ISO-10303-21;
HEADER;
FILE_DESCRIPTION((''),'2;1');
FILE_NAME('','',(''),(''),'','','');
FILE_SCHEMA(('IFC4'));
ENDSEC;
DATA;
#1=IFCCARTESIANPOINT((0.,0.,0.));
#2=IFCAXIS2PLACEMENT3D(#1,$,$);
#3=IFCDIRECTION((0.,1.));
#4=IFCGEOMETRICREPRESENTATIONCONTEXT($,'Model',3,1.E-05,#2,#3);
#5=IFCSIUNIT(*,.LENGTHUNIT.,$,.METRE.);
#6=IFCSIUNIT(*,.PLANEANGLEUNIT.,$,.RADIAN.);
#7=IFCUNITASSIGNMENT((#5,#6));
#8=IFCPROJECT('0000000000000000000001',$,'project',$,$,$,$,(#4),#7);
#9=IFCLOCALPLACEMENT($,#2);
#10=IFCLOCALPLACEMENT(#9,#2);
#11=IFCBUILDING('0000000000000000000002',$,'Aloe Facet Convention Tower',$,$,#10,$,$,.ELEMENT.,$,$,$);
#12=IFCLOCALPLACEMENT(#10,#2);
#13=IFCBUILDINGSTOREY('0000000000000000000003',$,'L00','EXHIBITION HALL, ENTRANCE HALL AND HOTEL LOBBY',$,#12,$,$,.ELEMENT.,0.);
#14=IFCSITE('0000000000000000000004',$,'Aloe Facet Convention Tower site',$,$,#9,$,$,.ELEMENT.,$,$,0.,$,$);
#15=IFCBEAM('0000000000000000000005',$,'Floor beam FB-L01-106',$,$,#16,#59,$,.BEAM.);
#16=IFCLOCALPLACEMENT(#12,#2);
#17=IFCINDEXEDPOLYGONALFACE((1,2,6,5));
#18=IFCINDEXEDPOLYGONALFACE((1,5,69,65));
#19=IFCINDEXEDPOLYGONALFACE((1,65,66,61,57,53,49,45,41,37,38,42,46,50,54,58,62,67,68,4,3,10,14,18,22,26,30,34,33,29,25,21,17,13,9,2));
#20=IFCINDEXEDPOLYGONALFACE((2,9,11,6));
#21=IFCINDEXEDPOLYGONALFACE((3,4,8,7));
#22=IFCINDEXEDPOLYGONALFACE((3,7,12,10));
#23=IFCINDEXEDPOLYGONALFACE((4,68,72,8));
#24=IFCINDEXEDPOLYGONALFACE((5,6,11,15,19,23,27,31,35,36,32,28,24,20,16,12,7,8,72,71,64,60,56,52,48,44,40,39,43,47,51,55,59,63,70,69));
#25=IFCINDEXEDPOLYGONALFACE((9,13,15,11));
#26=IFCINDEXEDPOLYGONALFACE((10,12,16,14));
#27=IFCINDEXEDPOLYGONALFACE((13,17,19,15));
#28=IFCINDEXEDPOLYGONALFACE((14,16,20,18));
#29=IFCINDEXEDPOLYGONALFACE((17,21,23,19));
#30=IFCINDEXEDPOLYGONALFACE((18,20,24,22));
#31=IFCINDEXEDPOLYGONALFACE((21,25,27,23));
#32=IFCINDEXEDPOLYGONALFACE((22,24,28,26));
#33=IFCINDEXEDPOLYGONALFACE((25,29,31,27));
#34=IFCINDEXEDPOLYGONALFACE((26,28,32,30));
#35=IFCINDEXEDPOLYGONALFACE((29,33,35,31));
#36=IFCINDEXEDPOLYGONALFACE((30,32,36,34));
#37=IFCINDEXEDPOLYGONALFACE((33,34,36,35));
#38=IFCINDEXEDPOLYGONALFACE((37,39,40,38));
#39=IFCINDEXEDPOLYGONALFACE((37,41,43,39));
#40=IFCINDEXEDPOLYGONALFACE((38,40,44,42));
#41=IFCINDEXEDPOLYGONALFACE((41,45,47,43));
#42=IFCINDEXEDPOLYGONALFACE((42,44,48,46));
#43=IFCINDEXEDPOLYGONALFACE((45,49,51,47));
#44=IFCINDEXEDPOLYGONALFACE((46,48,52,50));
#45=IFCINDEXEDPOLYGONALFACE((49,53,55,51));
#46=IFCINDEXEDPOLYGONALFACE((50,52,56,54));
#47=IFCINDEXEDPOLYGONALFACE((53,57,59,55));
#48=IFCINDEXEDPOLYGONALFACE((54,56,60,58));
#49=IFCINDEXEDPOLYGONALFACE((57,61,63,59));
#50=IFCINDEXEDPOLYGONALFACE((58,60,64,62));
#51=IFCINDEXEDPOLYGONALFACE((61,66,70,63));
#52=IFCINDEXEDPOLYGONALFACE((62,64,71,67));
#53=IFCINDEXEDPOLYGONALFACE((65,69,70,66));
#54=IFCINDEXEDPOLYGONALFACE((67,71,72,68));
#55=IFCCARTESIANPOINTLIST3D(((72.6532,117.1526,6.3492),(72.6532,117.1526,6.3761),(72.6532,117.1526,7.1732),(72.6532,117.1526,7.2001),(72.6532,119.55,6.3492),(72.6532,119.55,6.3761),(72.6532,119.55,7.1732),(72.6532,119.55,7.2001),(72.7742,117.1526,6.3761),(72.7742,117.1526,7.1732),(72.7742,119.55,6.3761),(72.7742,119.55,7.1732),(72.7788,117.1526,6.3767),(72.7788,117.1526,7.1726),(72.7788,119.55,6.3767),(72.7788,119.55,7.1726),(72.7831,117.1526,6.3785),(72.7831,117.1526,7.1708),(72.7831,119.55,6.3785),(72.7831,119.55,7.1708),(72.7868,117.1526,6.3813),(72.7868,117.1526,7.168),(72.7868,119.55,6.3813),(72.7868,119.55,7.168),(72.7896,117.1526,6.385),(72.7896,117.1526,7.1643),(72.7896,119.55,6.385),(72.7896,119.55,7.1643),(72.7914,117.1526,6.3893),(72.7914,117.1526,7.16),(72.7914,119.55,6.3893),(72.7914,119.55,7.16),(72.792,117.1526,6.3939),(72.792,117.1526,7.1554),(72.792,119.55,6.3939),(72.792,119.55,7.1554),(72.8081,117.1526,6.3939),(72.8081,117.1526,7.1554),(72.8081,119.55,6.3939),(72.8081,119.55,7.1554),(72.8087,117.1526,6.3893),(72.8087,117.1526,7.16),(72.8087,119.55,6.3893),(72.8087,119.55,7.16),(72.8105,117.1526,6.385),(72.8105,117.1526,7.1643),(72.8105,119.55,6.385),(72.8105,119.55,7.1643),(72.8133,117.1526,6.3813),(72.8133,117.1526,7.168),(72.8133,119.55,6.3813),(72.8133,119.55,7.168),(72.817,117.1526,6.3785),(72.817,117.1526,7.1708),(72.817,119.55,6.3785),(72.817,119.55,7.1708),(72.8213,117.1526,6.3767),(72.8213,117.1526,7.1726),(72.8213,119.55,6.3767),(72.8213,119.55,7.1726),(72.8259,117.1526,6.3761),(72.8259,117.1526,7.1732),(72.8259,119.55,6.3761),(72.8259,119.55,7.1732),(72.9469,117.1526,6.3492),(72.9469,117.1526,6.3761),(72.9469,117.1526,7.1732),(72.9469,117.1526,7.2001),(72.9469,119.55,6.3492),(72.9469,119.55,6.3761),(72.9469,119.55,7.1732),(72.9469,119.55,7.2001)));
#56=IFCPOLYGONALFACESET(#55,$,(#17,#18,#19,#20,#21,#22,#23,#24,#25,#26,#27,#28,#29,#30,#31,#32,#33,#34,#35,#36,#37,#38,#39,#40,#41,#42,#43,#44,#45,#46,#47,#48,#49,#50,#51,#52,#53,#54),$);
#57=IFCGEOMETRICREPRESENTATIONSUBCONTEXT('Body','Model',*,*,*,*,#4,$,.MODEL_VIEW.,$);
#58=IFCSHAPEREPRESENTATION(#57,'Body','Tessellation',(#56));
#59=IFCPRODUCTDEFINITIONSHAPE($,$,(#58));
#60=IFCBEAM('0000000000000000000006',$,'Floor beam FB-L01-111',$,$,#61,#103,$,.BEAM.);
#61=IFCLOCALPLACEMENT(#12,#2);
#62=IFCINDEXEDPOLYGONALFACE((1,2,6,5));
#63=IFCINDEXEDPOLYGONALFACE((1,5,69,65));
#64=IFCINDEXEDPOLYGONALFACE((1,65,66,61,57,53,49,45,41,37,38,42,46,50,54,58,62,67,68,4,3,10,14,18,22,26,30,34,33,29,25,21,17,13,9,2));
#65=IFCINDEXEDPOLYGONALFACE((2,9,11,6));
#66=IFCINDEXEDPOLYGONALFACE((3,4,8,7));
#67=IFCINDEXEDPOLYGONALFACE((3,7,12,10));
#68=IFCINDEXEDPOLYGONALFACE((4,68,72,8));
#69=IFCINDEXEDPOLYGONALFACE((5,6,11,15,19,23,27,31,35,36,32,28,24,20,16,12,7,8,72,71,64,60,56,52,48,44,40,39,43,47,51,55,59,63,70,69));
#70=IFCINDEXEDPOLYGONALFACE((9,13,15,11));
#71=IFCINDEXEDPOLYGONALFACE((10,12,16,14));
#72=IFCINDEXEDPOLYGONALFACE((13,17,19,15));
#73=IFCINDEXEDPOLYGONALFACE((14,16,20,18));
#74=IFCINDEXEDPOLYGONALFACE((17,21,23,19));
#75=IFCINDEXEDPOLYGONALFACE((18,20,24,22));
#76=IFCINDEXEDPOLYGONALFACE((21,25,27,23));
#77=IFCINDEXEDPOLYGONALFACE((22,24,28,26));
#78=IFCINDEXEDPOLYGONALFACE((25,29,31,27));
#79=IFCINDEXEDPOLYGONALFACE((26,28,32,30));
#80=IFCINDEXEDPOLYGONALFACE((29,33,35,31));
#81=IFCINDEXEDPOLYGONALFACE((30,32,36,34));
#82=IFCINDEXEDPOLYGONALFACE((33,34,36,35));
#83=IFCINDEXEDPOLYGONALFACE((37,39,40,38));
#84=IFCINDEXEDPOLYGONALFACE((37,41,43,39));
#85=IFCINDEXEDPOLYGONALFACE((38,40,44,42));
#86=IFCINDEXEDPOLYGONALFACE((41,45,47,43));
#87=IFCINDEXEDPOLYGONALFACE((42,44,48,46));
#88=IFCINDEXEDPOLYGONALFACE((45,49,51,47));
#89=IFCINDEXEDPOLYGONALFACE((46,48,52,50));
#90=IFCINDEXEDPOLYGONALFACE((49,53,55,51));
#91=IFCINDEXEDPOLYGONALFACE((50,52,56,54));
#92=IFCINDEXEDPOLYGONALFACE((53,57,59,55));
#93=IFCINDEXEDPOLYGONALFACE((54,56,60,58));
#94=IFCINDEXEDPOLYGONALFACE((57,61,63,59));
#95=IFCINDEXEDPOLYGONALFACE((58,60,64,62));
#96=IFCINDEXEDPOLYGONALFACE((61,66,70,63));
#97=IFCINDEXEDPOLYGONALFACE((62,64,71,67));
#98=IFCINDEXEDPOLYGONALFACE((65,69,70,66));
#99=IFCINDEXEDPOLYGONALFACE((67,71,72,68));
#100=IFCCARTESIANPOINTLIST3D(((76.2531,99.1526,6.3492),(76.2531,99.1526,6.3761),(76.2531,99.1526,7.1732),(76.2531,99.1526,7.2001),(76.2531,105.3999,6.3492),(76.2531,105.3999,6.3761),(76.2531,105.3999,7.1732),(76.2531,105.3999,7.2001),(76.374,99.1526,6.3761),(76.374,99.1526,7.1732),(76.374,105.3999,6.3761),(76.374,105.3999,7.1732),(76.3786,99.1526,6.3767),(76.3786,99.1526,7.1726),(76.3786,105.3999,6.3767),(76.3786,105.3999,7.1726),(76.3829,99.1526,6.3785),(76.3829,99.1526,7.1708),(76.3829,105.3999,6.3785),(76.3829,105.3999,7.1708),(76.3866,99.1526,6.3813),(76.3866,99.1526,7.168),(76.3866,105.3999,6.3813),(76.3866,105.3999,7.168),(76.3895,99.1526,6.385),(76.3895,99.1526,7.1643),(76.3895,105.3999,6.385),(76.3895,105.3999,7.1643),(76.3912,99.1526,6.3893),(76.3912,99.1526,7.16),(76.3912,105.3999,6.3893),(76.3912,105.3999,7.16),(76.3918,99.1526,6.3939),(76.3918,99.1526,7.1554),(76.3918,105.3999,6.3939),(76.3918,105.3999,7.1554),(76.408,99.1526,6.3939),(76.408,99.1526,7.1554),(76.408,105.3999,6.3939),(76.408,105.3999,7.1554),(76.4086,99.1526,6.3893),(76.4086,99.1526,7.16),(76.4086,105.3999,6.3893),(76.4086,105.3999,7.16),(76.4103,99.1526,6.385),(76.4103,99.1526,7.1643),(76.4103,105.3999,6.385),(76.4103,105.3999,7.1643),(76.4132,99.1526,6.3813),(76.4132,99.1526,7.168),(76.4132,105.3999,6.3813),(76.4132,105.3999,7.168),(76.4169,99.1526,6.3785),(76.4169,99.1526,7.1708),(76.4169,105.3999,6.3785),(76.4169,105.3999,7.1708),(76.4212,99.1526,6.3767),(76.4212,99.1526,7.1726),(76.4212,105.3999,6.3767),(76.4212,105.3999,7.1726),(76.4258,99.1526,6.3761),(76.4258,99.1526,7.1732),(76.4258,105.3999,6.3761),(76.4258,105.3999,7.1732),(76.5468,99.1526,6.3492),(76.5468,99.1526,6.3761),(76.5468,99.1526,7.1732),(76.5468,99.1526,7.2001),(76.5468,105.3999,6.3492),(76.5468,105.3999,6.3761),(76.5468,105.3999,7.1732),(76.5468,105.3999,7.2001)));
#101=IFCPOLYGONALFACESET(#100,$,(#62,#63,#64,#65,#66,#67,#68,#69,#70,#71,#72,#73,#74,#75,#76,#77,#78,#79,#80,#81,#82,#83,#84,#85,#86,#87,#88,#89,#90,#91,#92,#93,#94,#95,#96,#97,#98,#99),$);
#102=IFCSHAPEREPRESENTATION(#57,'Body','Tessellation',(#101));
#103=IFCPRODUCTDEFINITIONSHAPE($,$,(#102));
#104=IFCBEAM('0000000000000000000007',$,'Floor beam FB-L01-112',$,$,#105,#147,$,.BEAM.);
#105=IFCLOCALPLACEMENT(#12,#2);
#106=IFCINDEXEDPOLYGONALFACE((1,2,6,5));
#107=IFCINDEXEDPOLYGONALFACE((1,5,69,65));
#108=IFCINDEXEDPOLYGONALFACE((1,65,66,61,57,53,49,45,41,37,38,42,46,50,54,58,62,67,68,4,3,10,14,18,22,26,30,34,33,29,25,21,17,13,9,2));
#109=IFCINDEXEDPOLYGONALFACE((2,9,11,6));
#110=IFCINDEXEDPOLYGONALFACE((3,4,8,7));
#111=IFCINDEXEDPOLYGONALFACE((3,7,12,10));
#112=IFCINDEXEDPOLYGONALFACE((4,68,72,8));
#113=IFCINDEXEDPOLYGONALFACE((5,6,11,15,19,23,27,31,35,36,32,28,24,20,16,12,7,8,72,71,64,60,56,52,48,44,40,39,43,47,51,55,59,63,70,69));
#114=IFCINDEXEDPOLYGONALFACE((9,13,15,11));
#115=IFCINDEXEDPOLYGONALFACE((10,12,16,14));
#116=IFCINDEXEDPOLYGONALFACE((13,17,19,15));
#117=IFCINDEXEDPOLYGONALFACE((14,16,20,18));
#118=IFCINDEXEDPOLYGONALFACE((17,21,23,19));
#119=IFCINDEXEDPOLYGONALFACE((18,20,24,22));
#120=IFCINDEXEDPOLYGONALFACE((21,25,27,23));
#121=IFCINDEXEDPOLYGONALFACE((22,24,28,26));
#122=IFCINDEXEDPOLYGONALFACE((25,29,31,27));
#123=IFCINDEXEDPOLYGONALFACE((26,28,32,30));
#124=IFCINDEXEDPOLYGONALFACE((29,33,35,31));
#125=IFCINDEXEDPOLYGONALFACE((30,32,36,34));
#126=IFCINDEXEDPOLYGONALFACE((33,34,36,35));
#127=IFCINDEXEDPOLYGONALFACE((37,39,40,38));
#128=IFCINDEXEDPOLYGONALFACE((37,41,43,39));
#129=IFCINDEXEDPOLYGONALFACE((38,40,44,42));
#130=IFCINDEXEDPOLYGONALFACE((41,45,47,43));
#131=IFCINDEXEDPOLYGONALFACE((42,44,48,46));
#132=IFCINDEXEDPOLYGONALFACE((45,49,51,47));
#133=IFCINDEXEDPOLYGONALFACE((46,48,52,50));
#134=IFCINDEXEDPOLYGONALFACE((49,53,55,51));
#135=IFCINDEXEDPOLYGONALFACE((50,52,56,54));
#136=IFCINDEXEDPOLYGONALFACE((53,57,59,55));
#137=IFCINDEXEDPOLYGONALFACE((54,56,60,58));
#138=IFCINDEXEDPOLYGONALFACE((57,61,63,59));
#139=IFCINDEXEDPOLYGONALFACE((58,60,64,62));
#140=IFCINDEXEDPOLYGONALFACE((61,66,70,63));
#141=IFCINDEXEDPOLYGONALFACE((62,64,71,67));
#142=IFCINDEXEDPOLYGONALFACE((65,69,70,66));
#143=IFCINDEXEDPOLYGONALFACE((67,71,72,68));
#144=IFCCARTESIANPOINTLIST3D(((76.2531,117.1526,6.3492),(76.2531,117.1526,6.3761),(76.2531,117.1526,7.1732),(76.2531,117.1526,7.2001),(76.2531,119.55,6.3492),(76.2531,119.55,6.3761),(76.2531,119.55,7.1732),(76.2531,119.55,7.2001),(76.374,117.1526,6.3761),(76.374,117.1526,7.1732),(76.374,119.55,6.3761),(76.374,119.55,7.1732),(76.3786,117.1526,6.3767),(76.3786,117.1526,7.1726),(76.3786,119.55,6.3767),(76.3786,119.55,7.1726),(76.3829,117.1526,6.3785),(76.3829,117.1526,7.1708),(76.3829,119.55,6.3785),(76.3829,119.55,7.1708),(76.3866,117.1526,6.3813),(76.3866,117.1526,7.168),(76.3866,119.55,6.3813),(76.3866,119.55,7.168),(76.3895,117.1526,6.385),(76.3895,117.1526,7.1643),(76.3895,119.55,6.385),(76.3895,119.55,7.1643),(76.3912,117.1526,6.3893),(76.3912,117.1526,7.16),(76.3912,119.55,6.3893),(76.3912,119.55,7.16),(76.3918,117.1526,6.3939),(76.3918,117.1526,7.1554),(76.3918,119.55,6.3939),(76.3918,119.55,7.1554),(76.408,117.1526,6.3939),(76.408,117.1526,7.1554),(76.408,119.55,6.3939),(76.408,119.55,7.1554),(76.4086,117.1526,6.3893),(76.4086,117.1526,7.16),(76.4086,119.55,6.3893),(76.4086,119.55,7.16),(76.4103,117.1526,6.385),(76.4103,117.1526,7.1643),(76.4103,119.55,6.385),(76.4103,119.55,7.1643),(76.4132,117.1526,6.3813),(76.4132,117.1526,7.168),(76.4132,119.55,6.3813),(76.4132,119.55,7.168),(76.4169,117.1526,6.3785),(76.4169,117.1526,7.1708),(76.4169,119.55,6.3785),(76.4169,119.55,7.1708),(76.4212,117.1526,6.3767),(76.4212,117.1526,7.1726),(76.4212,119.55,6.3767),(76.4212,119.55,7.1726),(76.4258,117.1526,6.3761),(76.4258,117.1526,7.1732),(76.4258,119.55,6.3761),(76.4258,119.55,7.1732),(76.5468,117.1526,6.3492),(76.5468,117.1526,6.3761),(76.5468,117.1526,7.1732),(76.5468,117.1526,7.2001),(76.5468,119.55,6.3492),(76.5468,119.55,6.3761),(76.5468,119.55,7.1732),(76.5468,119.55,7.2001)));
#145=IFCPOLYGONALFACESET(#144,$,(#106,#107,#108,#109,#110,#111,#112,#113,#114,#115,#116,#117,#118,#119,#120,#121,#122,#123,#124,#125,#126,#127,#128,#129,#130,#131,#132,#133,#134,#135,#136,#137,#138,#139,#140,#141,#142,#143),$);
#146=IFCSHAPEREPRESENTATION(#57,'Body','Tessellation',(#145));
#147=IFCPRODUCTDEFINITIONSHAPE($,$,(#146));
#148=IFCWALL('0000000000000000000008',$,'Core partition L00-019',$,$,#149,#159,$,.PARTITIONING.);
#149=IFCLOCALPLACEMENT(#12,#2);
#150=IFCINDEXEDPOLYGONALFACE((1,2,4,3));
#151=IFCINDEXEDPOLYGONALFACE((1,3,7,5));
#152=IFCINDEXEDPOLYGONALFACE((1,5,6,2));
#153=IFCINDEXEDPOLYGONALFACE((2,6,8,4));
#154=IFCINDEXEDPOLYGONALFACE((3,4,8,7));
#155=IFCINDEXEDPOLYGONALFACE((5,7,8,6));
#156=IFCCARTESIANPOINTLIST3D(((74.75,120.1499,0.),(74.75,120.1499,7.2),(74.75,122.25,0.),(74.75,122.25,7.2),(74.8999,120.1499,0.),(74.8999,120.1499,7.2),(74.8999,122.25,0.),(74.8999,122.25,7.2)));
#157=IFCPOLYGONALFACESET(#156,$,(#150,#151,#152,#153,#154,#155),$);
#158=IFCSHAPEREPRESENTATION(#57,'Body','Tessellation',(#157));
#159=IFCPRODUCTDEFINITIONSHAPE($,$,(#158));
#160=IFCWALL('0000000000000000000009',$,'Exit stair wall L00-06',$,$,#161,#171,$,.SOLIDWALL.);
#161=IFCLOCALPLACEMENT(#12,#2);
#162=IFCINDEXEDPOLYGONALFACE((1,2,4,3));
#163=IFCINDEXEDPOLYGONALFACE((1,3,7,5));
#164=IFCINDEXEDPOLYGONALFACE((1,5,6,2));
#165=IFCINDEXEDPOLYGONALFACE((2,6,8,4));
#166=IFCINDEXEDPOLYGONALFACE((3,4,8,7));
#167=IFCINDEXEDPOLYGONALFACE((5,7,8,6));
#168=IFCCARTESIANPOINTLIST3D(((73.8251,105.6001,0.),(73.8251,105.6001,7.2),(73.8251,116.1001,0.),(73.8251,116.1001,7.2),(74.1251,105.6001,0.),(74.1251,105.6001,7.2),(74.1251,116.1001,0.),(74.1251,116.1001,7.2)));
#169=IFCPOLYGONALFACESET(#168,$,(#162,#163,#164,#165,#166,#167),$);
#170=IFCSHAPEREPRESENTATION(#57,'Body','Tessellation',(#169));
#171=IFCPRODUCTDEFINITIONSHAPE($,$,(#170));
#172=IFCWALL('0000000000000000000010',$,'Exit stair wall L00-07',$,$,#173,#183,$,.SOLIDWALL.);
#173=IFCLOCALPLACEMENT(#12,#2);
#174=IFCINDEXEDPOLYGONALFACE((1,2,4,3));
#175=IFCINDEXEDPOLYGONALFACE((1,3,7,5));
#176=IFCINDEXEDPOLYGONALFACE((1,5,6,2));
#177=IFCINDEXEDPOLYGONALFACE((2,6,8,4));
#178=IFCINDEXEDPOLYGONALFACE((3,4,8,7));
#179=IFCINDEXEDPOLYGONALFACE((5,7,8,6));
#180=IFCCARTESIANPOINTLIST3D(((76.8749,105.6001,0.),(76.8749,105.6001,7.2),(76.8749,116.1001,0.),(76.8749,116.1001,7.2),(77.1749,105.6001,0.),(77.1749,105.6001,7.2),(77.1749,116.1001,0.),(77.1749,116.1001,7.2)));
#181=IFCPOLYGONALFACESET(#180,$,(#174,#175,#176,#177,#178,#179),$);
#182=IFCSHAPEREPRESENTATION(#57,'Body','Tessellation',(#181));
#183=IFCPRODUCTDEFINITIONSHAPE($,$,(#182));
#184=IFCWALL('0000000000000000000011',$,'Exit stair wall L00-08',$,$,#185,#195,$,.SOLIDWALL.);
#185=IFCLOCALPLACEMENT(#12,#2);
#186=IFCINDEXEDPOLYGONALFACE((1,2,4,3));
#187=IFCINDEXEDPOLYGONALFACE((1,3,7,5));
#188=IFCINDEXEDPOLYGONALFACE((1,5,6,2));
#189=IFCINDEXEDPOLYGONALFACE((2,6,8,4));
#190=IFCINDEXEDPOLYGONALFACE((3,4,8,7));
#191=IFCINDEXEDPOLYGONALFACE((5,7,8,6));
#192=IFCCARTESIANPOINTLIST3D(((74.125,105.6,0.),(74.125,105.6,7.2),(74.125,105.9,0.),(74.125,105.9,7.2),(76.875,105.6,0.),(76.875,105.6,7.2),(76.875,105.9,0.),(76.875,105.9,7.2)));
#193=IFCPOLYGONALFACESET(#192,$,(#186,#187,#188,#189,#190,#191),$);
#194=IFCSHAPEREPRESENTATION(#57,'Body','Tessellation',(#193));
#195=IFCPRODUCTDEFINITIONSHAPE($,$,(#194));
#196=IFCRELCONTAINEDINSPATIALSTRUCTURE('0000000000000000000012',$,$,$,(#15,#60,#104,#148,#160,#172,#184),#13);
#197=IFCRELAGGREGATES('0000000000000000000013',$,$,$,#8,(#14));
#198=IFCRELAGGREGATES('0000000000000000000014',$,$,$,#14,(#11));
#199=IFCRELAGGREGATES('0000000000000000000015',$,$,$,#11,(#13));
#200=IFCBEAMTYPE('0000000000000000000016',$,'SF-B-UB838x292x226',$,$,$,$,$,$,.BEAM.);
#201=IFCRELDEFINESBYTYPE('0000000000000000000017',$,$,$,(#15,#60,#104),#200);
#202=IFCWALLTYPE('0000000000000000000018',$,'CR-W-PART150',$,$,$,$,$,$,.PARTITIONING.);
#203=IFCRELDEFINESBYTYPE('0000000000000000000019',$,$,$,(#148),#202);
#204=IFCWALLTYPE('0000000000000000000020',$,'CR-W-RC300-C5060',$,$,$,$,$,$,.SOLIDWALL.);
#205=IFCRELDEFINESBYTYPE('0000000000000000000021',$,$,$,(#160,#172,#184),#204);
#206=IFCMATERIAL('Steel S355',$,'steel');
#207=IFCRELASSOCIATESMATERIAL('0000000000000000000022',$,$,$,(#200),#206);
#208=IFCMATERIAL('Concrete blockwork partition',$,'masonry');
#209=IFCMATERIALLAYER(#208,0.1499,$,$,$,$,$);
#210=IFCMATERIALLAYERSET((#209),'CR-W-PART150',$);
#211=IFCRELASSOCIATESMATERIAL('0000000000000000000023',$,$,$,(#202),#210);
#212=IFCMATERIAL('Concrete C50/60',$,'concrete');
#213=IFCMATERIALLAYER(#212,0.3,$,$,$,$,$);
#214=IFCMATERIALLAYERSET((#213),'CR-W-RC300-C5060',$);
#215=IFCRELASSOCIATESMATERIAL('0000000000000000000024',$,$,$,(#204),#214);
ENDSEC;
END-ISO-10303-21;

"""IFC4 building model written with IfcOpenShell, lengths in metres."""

from ifc_helpers import new_model, si_unit, direction, frame, frame_2d, origin, origin_2d, place, context, subcontext, project, spatial, rectangle, i_section, extrude, material, layer, layer_set, material_profile, profile_set, type_object, element, save


model = new_model("IFC4")

# Units and contexts
model_context = context("Model", 3, precision=1e-05, world=origin(), true_north=direction((0.0, 1.0)))
body_context = subcontext(model_context, "Body", "Model", "MODEL_VIEW")
ifc_project = project(units=[si_unit("LENGTHUNIT", "METRE"), si_unit("PLANEANGLEUNIT", "RADIAN")], contexts=[model_context])

# Site, building, storey
site_placement = place(None, origin())
site = spatial("IfcSite", under=ifc_project, at=site_placement, Name="Aloe Facet Convention Tower site", CompositionType="ELEMENT", RefElevation=0.0)
building_placement = place(site_placement, origin())
building = spatial("IfcBuilding", under=site, at=building_placement, Name="Aloe Facet Convention Tower", CompositionType="ELEMENT")
storey_placement = place(building_placement, origin())
storey = spatial("IfcBuildingStorey", under=building, at=storey_placement, Name="L00", Description="EXHIBITION HALL, ENTRANCE HALL AND HOTEL LOBBY", CompositionType="ELEMENT", Elevation=0.0)

# Beams
ifc_material_1 = material(Name="Steel S355", Category="steel")
ifc_material_profile = material_profile(ifc_material_1, i_section(OverallWidth=0.2937, OverallDepth=0.8508, WebThickness=0.0161, FlangeThickness=0.0269, FilletRadius=0.0178, at=origin_2d()), Name="UB 838x292x226")
ifc_profile_set = profile_set([ifc_material_profile], Name="Steel S355")
beam_type = type_object("IfcBeamType", Name="SF-B-UB838x292x226", PredefinedType="BEAM", material=ifc_profile_set)
beam_1_placement = place(storey_placement, frame((72.8, 117.1526, 6.7747), z_axis=(0.0, 1.0, 0.0), x_axis=(-1.0, 0.0, 0.0)))
element("IfcBeam", 1, at=beam_1_placement, inside=storey, type_object=beam_type, Name="Floor beam FB-L01-106", PredefinedType="BEAM", context=body_context, shape_type="SweptSolid", body=[
    extrude(i_section(OverallWidth=0.2937, OverallDepth=0.8508, WebThickness=0.0161, FlangeThickness=0.0269, FilletRadius=0.0178, at=origin_2d()), origin(), (0.0, 0.0, 1.0), 2.3975),
])
beam_2_placement = place(storey_placement, frame((76.3999, 99.1526, 6.7747), z_axis=(0.0, 1.0, 0.0), x_axis=(-1.0, 0.0, 0.0)))
element("IfcBeam", 2, at=beam_2_placement, inside=storey, type_object=beam_type, Name="Floor beam FB-L01-111", PredefinedType="BEAM", context=body_context, shape_type="SweptSolid", body=[
    extrude(i_section(OverallWidth=0.2937, OverallDepth=0.8508, WebThickness=0.0161, FlangeThickness=0.0269, FilletRadius=0.0178, at=origin_2d()), origin(), (0.0, 0.0, 1.0), 6.2473),
])
beam_3_placement = place(storey_placement, frame((76.3999, 117.1526, 6.7747), z_axis=(0.0, 1.0, 0.0), x_axis=(-1.0, 0.0, 0.0)))
element("IfcBeam", 3, at=beam_3_placement, inside=storey, type_object=beam_type, Name="Floor beam FB-L01-112", PredefinedType="BEAM", context=body_context, shape_type="SweptSolid", body=[
    extrude(i_section(OverallWidth=0.2937, OverallDepth=0.8508, WebThickness=0.0161, FlangeThickness=0.0269, FilletRadius=0.0178, at=origin_2d()), origin(), (0.0, 0.0, 1.0), 2.3975),
])

# Walls
ifc_material_2 = material(Name="Concrete blockwork partition", Category="masonry")
ifc_layer_1 = layer(ifc_material_2, 0.1499)
ifc_layer_set_1 = layer_set([ifc_layer_1], Name="CR-W-PART150")
wall_type_1 = type_object("IfcWallType", Name="CR-W-PART150", PredefinedType="PARTITIONING", material=ifc_layer_set_1)
wall_1_placement = place(storey_placement, frame((74.825, 122.25, 0.0), z_axis=(0.0, 0.0, 1.0), x_axis=(0.0, -1.0, 0.0)))
element("IfcWall", 4, at=wall_1_placement, inside=storey, type_object=wall_type_1, Name="Core partition L00-019", PredefinedType="PARTITIONING", context=body_context, shape_type="SweptSolid", body=[
    extrude(rectangle(XDim=2.1001, YDim=0.1499, at=frame_2d((1.05, 0.0))), origin(), (0.0, 0.0, 1.0), 7.2),
])
ifc_material_3 = material(Name="Concrete C50/60", Category="concrete")
ifc_layer_2 = layer(ifc_material_3, 0.3)
ifc_layer_set_2 = layer_set([ifc_layer_2], Name="CR-W-RC300-C5060")
wall_type_2 = type_object("IfcWallType", Name="CR-W-RC300-C5060", PredefinedType="SOLIDWALL", material=ifc_layer_set_2)
for number, where, z_axis, x_axis, name in (
    (5, (73.9751, 105.6001, 0.0), (0.0, 0.0, 1.0), (0.0, 1.0, 0.0), "Exit stair wall L00-06"),
    (6, (77.0249, 105.6001, 0.0), (0.0, 0.0, 1.0), (0.0, 1.0, 0.0), "Exit stair wall L00-07"),
):
    element("IfcWall", number, at=place(storey_placement, frame(where, z_axis=z_axis, x_axis=x_axis)), inside=storey, type_object=wall_type_2, Name=name, PredefinedType="SOLIDWALL", context=body_context, shape_type="SweptSolid", body=[
        extrude(rectangle(XDim=10.5, YDim=0.3, at=frame_2d((5.25, 0.0))), origin(), (0.0, 0.0, 1.0), 7.2),
    ])
wall_2_placement = place(storey_placement, frame((74.125, 105.75, 0.0), z_axis=(0.0, 0.0, 1.0), x_axis=(1.0, 0.0, 0.0)))
element("IfcWall", 7, at=wall_2_placement, inside=storey, type_object=wall_type_2, Name="Exit stair wall L00-08", PredefinedType="SOLIDWALL", context=body_context, shape_type="SweptSolid", body=[
    extrude(rectangle(XDim=2.75, YDim=0.3, at=frame_2d((1.375, 0.0))), origin(), (0.0, 0.0, 1.0), 7.2),
])

save(model, "model.ifc")
